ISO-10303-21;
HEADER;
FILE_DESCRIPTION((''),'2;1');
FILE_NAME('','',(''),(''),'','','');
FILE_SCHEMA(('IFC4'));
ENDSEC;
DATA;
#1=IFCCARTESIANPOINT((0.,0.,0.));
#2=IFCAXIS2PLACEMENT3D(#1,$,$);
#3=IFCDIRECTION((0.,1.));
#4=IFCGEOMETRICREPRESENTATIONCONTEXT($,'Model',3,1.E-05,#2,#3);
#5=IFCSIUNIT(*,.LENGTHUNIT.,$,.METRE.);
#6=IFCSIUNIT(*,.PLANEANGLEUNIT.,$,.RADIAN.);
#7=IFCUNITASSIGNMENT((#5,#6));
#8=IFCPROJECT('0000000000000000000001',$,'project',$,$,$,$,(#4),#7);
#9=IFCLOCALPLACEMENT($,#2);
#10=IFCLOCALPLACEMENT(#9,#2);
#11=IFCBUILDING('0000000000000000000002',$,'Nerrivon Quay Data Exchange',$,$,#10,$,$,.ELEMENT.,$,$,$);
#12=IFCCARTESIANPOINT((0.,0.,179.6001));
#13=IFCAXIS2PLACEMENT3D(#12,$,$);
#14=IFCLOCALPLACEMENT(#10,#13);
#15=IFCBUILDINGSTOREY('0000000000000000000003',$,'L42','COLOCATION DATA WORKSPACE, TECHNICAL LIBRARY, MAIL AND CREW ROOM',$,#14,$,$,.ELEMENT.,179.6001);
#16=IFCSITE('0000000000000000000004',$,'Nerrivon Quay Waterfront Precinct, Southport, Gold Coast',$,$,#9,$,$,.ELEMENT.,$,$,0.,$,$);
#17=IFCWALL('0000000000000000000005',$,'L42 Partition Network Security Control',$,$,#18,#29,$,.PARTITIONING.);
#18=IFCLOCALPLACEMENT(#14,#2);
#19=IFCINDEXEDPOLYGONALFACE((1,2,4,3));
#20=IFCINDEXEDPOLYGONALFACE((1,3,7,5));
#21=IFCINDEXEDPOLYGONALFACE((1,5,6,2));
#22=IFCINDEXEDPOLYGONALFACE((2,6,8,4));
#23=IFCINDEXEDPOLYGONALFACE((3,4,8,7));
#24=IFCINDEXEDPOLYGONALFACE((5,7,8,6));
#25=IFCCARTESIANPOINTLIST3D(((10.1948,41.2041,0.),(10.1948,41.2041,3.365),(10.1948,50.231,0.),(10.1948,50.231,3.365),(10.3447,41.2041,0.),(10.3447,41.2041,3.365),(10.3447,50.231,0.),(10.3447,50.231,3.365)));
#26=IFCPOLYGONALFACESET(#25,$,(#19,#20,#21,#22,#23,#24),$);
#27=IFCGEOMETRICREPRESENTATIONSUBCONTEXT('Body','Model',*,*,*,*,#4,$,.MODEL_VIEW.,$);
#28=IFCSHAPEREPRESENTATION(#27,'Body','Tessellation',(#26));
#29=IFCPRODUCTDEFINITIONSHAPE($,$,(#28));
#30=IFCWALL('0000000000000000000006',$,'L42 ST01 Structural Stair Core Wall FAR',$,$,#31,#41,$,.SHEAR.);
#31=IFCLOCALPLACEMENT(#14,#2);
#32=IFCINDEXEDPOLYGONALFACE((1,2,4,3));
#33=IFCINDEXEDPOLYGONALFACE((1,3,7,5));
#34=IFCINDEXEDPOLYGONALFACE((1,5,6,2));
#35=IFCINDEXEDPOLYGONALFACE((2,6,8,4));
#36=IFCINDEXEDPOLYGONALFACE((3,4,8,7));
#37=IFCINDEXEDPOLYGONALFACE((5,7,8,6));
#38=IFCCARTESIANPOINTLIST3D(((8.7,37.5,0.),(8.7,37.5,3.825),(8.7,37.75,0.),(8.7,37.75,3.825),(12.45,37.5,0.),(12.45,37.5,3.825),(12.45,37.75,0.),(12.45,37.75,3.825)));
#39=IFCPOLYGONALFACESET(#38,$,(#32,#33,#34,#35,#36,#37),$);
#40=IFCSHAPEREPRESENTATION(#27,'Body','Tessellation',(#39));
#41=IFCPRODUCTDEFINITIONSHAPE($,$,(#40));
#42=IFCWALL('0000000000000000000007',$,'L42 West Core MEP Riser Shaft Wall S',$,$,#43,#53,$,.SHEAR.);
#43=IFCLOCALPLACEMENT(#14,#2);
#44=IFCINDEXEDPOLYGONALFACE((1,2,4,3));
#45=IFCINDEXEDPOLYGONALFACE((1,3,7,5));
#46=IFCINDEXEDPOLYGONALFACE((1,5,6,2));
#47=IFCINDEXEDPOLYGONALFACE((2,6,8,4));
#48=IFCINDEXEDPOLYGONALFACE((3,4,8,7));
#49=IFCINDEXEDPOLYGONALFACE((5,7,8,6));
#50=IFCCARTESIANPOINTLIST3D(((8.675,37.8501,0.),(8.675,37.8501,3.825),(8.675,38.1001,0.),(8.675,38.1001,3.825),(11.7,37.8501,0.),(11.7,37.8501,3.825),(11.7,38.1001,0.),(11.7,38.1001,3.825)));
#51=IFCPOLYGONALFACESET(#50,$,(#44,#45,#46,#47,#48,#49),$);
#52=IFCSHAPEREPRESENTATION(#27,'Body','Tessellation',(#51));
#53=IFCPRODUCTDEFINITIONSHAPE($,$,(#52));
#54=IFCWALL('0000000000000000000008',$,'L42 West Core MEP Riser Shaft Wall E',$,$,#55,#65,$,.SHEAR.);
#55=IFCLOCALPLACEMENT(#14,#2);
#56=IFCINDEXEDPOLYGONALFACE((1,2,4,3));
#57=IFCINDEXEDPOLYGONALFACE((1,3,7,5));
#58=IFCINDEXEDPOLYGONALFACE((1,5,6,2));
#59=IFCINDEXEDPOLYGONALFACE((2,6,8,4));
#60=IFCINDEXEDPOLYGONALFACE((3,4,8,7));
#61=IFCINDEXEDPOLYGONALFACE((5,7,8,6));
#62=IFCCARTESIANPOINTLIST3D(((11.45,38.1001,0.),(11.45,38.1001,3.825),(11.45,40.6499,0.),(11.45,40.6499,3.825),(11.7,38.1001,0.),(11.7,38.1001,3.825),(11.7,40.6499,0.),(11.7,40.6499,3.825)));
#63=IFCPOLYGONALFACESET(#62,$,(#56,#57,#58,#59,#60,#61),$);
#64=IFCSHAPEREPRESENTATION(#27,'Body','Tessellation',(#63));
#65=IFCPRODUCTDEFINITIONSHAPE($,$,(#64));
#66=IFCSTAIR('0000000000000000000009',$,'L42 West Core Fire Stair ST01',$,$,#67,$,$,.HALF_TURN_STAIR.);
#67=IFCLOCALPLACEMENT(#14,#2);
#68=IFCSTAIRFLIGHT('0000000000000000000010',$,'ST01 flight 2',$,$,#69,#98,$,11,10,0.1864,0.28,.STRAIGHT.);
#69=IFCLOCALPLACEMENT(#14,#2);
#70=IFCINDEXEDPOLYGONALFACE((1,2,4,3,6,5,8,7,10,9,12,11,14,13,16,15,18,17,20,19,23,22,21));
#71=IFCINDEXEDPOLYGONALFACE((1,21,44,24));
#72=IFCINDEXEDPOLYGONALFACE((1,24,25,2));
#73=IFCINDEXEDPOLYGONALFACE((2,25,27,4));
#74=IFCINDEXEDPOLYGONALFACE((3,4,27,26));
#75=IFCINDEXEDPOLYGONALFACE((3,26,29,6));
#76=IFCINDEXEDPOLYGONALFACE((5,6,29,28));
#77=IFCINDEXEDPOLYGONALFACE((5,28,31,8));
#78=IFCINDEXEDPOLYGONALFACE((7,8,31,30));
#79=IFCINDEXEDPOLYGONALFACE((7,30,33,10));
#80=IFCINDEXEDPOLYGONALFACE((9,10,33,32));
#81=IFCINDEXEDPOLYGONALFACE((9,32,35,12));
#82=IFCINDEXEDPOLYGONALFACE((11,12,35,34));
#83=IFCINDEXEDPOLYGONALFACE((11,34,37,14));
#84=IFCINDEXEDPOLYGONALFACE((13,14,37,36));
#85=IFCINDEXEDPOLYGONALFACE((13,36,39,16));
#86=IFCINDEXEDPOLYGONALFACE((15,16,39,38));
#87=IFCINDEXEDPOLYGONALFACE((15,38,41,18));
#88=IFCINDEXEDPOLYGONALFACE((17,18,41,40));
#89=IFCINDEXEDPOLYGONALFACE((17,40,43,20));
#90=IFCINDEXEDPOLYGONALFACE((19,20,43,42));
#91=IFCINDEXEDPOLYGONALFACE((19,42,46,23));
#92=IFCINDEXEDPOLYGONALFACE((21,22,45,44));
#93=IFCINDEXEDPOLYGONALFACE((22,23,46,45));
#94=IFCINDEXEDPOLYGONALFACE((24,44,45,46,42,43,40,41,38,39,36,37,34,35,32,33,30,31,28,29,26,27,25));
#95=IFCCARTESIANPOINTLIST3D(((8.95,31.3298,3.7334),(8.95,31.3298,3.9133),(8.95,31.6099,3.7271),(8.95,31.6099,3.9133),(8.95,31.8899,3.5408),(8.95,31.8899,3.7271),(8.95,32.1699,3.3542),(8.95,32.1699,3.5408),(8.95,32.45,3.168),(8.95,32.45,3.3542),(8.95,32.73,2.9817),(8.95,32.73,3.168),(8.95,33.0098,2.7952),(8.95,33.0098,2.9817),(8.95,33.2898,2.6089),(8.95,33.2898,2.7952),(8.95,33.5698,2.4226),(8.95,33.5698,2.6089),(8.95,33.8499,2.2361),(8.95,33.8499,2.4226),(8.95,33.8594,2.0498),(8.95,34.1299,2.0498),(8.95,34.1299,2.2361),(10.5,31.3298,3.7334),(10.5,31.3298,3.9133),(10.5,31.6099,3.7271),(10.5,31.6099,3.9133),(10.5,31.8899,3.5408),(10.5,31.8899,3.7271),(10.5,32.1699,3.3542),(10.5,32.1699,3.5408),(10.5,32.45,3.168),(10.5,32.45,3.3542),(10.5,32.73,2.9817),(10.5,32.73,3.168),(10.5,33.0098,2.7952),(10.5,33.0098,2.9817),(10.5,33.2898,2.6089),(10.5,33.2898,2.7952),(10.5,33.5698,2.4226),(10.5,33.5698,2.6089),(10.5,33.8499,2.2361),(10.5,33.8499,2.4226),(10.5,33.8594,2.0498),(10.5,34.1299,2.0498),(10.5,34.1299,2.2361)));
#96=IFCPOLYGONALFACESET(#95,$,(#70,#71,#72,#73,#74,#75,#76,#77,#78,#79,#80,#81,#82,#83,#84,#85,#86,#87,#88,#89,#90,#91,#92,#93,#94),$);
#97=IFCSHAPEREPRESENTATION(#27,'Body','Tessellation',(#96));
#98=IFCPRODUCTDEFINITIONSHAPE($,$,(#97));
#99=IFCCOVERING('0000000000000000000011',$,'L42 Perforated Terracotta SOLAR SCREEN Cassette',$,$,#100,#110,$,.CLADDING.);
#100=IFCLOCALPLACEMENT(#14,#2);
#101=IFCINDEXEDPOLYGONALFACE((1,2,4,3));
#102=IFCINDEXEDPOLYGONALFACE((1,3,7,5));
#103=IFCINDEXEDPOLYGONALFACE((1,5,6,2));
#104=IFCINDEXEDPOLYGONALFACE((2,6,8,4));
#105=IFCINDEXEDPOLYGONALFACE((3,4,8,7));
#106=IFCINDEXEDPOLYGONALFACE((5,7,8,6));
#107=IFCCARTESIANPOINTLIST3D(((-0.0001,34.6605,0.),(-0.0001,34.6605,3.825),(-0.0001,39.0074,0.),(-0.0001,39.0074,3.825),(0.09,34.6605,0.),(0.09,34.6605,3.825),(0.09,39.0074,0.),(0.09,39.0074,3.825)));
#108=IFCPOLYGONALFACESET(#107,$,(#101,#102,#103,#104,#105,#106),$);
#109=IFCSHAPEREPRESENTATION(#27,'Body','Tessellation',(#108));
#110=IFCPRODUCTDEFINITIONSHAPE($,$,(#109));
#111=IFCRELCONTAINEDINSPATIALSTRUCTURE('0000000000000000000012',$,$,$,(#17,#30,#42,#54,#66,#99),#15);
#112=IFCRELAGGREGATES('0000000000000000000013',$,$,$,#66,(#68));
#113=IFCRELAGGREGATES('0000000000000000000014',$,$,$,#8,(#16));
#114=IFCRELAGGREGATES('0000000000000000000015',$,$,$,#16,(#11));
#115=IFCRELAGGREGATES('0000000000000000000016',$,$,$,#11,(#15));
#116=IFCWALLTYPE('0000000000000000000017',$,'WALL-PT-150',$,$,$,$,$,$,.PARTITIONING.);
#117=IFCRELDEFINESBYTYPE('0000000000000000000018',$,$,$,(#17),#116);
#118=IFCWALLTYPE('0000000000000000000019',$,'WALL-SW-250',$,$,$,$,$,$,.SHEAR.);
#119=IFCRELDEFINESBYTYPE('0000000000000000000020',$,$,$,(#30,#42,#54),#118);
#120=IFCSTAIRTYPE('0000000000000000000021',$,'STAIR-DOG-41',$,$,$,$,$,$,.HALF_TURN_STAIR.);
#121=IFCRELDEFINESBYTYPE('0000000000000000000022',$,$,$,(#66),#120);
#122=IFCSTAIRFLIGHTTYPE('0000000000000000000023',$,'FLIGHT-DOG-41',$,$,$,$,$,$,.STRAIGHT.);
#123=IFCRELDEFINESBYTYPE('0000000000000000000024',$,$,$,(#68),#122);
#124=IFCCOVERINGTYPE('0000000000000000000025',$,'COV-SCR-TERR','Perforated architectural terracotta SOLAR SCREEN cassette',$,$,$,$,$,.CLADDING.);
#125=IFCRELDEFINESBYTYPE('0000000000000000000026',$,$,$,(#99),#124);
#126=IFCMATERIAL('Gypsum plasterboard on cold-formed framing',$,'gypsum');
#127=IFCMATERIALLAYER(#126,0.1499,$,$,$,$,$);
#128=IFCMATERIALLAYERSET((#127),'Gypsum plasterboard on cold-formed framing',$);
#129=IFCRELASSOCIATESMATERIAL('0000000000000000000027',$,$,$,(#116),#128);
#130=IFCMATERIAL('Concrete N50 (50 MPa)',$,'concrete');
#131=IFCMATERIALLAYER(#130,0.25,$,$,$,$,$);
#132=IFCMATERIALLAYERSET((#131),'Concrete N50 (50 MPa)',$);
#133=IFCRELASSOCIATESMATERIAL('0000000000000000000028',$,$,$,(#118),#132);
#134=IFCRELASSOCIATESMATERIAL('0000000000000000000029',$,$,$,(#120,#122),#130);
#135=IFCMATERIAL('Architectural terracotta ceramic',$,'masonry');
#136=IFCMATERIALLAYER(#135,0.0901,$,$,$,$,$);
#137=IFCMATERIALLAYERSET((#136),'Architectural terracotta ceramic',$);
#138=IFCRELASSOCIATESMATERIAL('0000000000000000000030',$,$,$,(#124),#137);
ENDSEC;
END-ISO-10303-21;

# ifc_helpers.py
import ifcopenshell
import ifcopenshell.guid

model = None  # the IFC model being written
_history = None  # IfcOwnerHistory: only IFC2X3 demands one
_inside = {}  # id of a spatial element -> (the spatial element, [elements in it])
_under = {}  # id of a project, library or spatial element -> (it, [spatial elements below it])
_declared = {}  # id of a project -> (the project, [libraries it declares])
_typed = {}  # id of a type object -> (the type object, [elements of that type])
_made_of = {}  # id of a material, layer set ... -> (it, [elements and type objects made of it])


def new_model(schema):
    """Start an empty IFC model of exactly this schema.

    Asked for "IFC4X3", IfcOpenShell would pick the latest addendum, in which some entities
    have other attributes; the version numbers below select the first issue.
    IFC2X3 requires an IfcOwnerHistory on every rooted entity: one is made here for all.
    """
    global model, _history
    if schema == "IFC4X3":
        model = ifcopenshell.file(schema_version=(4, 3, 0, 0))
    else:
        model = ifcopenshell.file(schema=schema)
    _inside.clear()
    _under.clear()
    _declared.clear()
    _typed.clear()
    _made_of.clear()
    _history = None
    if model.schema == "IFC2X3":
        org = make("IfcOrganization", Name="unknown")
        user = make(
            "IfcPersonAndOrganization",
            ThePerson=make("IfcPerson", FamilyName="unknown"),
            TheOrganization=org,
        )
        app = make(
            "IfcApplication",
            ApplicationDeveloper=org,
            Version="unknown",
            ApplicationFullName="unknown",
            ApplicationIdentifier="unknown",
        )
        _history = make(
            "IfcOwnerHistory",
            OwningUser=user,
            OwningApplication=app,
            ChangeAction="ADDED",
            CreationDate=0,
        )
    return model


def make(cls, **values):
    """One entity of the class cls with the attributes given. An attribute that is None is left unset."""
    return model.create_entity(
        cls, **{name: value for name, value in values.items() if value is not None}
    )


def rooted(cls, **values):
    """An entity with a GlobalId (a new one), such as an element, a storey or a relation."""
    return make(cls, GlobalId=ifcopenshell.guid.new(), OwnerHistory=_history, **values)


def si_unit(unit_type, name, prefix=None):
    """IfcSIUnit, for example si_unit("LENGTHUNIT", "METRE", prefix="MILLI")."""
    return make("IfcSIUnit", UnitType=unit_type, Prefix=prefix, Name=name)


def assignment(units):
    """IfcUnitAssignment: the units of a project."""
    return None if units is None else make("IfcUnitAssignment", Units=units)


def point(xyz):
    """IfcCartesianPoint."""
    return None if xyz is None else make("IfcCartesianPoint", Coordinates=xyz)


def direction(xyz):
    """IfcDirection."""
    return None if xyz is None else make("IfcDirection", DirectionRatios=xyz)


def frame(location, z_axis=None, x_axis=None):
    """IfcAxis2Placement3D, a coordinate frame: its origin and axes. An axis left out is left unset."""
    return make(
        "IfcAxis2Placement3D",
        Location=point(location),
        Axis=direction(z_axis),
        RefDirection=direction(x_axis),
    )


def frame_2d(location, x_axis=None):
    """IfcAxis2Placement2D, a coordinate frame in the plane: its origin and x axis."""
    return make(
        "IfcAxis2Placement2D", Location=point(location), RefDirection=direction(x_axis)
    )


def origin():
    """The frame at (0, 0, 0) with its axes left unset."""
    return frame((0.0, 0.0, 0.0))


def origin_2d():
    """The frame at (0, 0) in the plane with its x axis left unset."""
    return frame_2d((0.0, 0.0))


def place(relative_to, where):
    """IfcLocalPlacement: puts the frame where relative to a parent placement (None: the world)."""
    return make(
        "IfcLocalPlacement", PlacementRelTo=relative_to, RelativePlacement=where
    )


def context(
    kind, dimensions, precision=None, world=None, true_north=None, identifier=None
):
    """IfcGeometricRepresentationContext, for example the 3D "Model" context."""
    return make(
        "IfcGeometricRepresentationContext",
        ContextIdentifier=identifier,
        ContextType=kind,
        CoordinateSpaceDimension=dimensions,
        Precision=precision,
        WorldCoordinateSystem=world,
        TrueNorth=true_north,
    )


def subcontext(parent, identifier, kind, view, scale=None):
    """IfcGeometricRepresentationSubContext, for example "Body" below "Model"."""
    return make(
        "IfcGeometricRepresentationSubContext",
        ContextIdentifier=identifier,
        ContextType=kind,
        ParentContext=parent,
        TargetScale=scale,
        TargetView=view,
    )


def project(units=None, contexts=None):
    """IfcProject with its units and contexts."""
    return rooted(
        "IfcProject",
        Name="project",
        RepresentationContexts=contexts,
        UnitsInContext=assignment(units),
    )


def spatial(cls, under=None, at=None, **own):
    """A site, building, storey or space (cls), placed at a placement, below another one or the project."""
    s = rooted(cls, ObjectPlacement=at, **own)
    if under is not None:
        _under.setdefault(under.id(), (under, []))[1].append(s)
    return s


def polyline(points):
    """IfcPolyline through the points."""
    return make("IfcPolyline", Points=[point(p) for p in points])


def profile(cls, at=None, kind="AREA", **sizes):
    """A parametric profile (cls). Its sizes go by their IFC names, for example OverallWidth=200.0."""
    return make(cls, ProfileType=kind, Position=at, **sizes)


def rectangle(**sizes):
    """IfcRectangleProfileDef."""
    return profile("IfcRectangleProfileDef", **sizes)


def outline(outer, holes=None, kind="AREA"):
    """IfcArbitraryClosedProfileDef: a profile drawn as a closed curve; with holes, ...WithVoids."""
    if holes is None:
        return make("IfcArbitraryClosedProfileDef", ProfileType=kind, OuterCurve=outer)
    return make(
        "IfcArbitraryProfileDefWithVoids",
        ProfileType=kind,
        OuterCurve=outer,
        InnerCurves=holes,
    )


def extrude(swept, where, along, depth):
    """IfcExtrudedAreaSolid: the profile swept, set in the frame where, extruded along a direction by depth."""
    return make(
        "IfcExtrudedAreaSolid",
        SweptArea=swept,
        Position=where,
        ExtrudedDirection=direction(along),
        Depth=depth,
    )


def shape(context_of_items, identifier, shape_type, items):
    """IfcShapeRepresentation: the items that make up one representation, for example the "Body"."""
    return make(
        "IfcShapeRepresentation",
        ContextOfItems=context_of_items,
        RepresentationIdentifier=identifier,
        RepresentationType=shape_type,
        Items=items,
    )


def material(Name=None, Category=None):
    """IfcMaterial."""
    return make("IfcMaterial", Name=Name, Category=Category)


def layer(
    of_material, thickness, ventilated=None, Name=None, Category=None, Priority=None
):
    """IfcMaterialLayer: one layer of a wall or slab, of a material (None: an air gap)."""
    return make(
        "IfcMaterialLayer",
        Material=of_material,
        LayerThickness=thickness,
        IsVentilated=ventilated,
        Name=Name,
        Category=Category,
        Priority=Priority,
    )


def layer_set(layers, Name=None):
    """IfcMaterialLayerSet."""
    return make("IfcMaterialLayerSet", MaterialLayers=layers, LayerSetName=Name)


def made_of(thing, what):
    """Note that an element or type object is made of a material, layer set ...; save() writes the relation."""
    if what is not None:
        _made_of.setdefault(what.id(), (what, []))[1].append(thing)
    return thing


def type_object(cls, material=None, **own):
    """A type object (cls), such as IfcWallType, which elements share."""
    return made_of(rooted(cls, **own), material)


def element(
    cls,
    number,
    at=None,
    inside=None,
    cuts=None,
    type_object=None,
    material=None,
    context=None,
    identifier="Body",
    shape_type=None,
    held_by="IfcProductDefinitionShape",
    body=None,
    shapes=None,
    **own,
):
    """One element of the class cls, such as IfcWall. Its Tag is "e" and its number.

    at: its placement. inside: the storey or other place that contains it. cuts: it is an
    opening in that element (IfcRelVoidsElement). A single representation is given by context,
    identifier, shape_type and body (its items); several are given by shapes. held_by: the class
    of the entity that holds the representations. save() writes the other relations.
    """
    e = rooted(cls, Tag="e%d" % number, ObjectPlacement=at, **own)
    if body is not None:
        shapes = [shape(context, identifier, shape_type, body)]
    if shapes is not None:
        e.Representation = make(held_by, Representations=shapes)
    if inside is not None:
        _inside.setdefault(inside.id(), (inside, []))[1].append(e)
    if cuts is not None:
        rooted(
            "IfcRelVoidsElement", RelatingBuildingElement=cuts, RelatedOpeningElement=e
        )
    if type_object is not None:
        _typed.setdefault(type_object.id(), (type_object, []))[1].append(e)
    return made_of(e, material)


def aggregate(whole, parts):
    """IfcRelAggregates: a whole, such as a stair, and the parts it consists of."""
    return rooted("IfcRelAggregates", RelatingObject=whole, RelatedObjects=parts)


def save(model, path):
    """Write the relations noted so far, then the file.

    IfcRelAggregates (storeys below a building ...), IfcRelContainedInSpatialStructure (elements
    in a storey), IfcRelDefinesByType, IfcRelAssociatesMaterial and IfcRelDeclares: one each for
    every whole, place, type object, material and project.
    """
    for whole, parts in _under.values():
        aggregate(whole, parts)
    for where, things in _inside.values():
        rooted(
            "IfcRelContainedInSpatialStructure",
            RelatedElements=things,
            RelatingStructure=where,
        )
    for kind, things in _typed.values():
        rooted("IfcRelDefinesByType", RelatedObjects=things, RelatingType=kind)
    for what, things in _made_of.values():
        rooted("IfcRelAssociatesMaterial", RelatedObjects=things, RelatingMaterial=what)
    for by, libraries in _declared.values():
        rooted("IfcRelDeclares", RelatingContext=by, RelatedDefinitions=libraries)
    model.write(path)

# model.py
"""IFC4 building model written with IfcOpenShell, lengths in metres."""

from ifc_helpers import new_model, si_unit, direction, frame, frame_2d, origin, origin_2d, place, context, subcontext, project, spatial, polyline, rectangle, outline, extrude, material, layer, layer_set, type_object, element, aggregate, save


model = new_model("IFC4")

# Units and contexts
model_context = context("Model", 3, precision=1e-05, world=origin(), true_north=direction((0.0, 1.0)))
body_context = subcontext(model_context, "Body", "Model", "MODEL_VIEW")
ifc_project = project(units=[si_unit("LENGTHUNIT", "METRE"), si_unit("PLANEANGLEUNIT", "RADIAN")], contexts=[model_context])

# Site, building, storey
site_placement = place(None, origin())
site = spatial("IfcSite", under=ifc_project, at=site_placement, Name="Nerrivon Quay Waterfront Precinct, Southport, Gold Coast", CompositionType="ELEMENT", RefElevation=0.0)
building_placement = place(site_placement, origin())
building = spatial("IfcBuilding", under=site, at=building_placement, Name="Nerrivon Quay Data Exchange", CompositionType="ELEMENT")
storey_placement = place(building_placement, frame((0.0, 0.0, 179.6001)))
storey = spatial("IfcBuildingStorey", under=building, at=storey_placement, Name="L42", Description="COLOCATION DATA WORKSPACE, TECHNICAL LIBRARY, MAIL AND CREW ROOM", CompositionType="ELEMENT", Elevation=179.6001)

# Shared definitions
ifc_material_1 = material(Name="Concrete N50 (50 MPa)", Category="concrete")

# Shared definitions
ifc_material_2 = material(Name="Gypsum plasterboard on cold-formed framing", Category="gypsum")

# Walls
ifc_layer_1 = layer(ifc_material_2, 0.1499)
ifc_layer_set_1 = layer_set([ifc_layer_1], Name="Gypsum plasterboard on cold-formed framing")
wall_type_1 = type_object("IfcWallType", Name="WALL-PT-150", PredefinedType="PARTITIONING", material=ifc_layer_set_1)
wall_1_placement = place(storey_placement, frame((10.2698, 41.2041, 0.0), z_axis=(0.0, 0.0, 1.0), x_axis=(0.0, 1.0, 0.0)))
element("IfcWall", 1, at=wall_1_placement, inside=storey, type_object=wall_type_1, Name="L42 Partition Network Security Control", PredefinedType="PARTITIONING", context=body_context, shape_type="SweptSolid", body=[
    extrude(rectangle(XDim=9.0269, YDim=0.1499, at=frame_2d((4.5134, 0.0))), origin(), (0.0, 0.0, 1.0), 3.365),
])
ifc_layer_2 = layer(ifc_material_1, 0.25)
ifc_layer_set_2 = layer_set([ifc_layer_2], Name="Concrete N50 (50 MPa)")
wall_type_2 = type_object("IfcWallType", Name="WALL-SW-250", PredefinedType="SHEAR", material=ifc_layer_set_2)
wall_2_placement = place(storey_placement, frame((12.45, 37.625, 0.0), z_axis=(0.0, 0.0, 1.0), x_axis=(-1.0, 0.0, 0.0)))
element("IfcWall", 2, at=wall_2_placement, inside=storey, type_object=wall_type_2, Name="L42 ST01 Structural Stair Core Wall FAR", PredefinedType="SHEAR", context=body_context, shape_type="SweptSolid", body=[
    extrude(rectangle(XDim=3.75, YDim=0.25, at=frame_2d((1.875, 0.0))), origin(), (0.0, 0.0, 1.0), 3.825),
])
wall_3_placement = place(storey_placement, frame((8.675, 37.9751, 0.0), z_axis=(0.0, 0.0, 1.0), x_axis=(1.0, 0.0, 0.0)))
element("IfcWall", 3, at=wall_3_placement, inside=storey, type_object=wall_type_2, Name="L42 West Core MEP Riser Shaft Wall S", PredefinedType="SHEAR", context=body_context, shape_type="SweptSolid", body=[
    extrude(rectangle(XDim=3.0249, YDim=0.25, at=frame_2d((1.5125, 0.0))), origin(), (0.0, 0.0, 1.0), 3.825),
])
wall_4_placement = place(storey_placement, frame((11.575, 38.1001, 0.0), z_axis=(0.0, 0.0, 1.0), x_axis=(0.0, 1.0, 0.0)))
element("IfcWall", 4, at=wall_4_placement, inside=storey, type_object=wall_type_2, Name="L42 West Core MEP Riser Shaft Wall E", PredefinedType="SHEAR", context=body_context, shape_type="SweptSolid", body=[
    extrude(rectangle(XDim=2.5498, YDim=0.25, at=frame_2d((1.2749, 0.0))), origin(), (0.0, 0.0, 1.0), 3.825),
])

# Stair, stair flight
stair_type = type_object("IfcStairType", Name="STAIR-DOG-41", PredefinedType="HALF_TURN_STAIR", material=ifc_material_1)
stair_placement = place(storey_placement, origin())
stair = element("IfcStair", 5, at=stair_placement, inside=storey, type_object=stair_type, Name="L42 West Core Fire Stair ST01", PredefinedType="HALF_TURN_STAIR")
stair_flight_type = type_object("IfcStairFlightType", Name="FLIGHT-DOG-41", PredefinedType="STRAIGHT", material=ifc_material_1)
stair_flight_placement = place(storey_placement, frame((9.7251, 34.1299, 2.0498), z_axis=(0.0, 0.0, 1.0), x_axis=(0.0, -1.0, 0.0)))
stair_flight = element("IfcStairFlight", 6, at=stair_flight_placement, type_object=stair_flight_type, Name="ST01 flight 2", NumberOfRisers=11, NumberOfTreads=10, PredefinedType="STRAIGHT", RiserHeight=0.1864, TreadLength=0.28, context=body_context, shape_type="SweptSolid", body=[
    extrude(outline(polyline([(0.0, 0.0), (0.0, 0.1863), (0.28, 0.1863), (0.28, 0.3728), (0.5601, 0.3728), (0.5601, 0.5591), (0.8401, 0.5591), (0.8401, 0.7454), (1.1201, 0.7454), (1.1201, 0.9319), (1.3999, 0.9319), (1.3999, 1.1182), (1.6799, 1.1182), (1.6799, 1.3044), (1.96, 1.3044), (1.96, 1.491), (2.24, 1.491), (2.24, 1.6772), (2.52, 1.6772), (2.52, 1.8635), (2.8, 1.8635), (2.8, 2.05), (2.8, 1.6836), (0.2705, 0.0), (0.0, 0.0)])), frame((0.0, 0.7749, 0.0), z_axis=(0.0, -1.0, 0.0), x_axis=(1.0, 0.0, 0.0)), (0.0, 0.0, 1.0), 1.55),
])
aggregate(stair, [stair_flight])

# Covering
ifc_material_3 = material(Name="Architectural terracotta ceramic", Category="masonry")
ifc_layer_3 = layer(ifc_material_3, 0.0901)
ifc_layer_set_3 = layer_set([ifc_layer_3], Name="Architectural terracotta ceramic")
covering_type = type_object("IfcCoveringType", Name="COV-SCR-TERR", Description="Perforated architectural terracotta SOLAR SCREEN cassette", PredefinedType="CLADDING", material=ifc_layer_set_3)
covering_placement = place(storey_placement, frame((0.0449, 36.834, 0.0), z_axis=(0.0, 0.0, 1.0), x_axis=(0.0, 1.0, 0.0)))
element("IfcCovering", 7, at=covering_placement, inside=storey, type_object=covering_type, Name="L42 Perforated Terracotta SOLAR SCREEN Cassette", PredefinedType="CLADDING", context=body_context, shape_type="SweptSolid", body=[
    extrude(rectangle(XDim=4.3469, YDim=0.0901, at=origin_2d()), origin(), (0.0, 0.0, 1.0), 3.825),
])

save(model, "model.ifc")
